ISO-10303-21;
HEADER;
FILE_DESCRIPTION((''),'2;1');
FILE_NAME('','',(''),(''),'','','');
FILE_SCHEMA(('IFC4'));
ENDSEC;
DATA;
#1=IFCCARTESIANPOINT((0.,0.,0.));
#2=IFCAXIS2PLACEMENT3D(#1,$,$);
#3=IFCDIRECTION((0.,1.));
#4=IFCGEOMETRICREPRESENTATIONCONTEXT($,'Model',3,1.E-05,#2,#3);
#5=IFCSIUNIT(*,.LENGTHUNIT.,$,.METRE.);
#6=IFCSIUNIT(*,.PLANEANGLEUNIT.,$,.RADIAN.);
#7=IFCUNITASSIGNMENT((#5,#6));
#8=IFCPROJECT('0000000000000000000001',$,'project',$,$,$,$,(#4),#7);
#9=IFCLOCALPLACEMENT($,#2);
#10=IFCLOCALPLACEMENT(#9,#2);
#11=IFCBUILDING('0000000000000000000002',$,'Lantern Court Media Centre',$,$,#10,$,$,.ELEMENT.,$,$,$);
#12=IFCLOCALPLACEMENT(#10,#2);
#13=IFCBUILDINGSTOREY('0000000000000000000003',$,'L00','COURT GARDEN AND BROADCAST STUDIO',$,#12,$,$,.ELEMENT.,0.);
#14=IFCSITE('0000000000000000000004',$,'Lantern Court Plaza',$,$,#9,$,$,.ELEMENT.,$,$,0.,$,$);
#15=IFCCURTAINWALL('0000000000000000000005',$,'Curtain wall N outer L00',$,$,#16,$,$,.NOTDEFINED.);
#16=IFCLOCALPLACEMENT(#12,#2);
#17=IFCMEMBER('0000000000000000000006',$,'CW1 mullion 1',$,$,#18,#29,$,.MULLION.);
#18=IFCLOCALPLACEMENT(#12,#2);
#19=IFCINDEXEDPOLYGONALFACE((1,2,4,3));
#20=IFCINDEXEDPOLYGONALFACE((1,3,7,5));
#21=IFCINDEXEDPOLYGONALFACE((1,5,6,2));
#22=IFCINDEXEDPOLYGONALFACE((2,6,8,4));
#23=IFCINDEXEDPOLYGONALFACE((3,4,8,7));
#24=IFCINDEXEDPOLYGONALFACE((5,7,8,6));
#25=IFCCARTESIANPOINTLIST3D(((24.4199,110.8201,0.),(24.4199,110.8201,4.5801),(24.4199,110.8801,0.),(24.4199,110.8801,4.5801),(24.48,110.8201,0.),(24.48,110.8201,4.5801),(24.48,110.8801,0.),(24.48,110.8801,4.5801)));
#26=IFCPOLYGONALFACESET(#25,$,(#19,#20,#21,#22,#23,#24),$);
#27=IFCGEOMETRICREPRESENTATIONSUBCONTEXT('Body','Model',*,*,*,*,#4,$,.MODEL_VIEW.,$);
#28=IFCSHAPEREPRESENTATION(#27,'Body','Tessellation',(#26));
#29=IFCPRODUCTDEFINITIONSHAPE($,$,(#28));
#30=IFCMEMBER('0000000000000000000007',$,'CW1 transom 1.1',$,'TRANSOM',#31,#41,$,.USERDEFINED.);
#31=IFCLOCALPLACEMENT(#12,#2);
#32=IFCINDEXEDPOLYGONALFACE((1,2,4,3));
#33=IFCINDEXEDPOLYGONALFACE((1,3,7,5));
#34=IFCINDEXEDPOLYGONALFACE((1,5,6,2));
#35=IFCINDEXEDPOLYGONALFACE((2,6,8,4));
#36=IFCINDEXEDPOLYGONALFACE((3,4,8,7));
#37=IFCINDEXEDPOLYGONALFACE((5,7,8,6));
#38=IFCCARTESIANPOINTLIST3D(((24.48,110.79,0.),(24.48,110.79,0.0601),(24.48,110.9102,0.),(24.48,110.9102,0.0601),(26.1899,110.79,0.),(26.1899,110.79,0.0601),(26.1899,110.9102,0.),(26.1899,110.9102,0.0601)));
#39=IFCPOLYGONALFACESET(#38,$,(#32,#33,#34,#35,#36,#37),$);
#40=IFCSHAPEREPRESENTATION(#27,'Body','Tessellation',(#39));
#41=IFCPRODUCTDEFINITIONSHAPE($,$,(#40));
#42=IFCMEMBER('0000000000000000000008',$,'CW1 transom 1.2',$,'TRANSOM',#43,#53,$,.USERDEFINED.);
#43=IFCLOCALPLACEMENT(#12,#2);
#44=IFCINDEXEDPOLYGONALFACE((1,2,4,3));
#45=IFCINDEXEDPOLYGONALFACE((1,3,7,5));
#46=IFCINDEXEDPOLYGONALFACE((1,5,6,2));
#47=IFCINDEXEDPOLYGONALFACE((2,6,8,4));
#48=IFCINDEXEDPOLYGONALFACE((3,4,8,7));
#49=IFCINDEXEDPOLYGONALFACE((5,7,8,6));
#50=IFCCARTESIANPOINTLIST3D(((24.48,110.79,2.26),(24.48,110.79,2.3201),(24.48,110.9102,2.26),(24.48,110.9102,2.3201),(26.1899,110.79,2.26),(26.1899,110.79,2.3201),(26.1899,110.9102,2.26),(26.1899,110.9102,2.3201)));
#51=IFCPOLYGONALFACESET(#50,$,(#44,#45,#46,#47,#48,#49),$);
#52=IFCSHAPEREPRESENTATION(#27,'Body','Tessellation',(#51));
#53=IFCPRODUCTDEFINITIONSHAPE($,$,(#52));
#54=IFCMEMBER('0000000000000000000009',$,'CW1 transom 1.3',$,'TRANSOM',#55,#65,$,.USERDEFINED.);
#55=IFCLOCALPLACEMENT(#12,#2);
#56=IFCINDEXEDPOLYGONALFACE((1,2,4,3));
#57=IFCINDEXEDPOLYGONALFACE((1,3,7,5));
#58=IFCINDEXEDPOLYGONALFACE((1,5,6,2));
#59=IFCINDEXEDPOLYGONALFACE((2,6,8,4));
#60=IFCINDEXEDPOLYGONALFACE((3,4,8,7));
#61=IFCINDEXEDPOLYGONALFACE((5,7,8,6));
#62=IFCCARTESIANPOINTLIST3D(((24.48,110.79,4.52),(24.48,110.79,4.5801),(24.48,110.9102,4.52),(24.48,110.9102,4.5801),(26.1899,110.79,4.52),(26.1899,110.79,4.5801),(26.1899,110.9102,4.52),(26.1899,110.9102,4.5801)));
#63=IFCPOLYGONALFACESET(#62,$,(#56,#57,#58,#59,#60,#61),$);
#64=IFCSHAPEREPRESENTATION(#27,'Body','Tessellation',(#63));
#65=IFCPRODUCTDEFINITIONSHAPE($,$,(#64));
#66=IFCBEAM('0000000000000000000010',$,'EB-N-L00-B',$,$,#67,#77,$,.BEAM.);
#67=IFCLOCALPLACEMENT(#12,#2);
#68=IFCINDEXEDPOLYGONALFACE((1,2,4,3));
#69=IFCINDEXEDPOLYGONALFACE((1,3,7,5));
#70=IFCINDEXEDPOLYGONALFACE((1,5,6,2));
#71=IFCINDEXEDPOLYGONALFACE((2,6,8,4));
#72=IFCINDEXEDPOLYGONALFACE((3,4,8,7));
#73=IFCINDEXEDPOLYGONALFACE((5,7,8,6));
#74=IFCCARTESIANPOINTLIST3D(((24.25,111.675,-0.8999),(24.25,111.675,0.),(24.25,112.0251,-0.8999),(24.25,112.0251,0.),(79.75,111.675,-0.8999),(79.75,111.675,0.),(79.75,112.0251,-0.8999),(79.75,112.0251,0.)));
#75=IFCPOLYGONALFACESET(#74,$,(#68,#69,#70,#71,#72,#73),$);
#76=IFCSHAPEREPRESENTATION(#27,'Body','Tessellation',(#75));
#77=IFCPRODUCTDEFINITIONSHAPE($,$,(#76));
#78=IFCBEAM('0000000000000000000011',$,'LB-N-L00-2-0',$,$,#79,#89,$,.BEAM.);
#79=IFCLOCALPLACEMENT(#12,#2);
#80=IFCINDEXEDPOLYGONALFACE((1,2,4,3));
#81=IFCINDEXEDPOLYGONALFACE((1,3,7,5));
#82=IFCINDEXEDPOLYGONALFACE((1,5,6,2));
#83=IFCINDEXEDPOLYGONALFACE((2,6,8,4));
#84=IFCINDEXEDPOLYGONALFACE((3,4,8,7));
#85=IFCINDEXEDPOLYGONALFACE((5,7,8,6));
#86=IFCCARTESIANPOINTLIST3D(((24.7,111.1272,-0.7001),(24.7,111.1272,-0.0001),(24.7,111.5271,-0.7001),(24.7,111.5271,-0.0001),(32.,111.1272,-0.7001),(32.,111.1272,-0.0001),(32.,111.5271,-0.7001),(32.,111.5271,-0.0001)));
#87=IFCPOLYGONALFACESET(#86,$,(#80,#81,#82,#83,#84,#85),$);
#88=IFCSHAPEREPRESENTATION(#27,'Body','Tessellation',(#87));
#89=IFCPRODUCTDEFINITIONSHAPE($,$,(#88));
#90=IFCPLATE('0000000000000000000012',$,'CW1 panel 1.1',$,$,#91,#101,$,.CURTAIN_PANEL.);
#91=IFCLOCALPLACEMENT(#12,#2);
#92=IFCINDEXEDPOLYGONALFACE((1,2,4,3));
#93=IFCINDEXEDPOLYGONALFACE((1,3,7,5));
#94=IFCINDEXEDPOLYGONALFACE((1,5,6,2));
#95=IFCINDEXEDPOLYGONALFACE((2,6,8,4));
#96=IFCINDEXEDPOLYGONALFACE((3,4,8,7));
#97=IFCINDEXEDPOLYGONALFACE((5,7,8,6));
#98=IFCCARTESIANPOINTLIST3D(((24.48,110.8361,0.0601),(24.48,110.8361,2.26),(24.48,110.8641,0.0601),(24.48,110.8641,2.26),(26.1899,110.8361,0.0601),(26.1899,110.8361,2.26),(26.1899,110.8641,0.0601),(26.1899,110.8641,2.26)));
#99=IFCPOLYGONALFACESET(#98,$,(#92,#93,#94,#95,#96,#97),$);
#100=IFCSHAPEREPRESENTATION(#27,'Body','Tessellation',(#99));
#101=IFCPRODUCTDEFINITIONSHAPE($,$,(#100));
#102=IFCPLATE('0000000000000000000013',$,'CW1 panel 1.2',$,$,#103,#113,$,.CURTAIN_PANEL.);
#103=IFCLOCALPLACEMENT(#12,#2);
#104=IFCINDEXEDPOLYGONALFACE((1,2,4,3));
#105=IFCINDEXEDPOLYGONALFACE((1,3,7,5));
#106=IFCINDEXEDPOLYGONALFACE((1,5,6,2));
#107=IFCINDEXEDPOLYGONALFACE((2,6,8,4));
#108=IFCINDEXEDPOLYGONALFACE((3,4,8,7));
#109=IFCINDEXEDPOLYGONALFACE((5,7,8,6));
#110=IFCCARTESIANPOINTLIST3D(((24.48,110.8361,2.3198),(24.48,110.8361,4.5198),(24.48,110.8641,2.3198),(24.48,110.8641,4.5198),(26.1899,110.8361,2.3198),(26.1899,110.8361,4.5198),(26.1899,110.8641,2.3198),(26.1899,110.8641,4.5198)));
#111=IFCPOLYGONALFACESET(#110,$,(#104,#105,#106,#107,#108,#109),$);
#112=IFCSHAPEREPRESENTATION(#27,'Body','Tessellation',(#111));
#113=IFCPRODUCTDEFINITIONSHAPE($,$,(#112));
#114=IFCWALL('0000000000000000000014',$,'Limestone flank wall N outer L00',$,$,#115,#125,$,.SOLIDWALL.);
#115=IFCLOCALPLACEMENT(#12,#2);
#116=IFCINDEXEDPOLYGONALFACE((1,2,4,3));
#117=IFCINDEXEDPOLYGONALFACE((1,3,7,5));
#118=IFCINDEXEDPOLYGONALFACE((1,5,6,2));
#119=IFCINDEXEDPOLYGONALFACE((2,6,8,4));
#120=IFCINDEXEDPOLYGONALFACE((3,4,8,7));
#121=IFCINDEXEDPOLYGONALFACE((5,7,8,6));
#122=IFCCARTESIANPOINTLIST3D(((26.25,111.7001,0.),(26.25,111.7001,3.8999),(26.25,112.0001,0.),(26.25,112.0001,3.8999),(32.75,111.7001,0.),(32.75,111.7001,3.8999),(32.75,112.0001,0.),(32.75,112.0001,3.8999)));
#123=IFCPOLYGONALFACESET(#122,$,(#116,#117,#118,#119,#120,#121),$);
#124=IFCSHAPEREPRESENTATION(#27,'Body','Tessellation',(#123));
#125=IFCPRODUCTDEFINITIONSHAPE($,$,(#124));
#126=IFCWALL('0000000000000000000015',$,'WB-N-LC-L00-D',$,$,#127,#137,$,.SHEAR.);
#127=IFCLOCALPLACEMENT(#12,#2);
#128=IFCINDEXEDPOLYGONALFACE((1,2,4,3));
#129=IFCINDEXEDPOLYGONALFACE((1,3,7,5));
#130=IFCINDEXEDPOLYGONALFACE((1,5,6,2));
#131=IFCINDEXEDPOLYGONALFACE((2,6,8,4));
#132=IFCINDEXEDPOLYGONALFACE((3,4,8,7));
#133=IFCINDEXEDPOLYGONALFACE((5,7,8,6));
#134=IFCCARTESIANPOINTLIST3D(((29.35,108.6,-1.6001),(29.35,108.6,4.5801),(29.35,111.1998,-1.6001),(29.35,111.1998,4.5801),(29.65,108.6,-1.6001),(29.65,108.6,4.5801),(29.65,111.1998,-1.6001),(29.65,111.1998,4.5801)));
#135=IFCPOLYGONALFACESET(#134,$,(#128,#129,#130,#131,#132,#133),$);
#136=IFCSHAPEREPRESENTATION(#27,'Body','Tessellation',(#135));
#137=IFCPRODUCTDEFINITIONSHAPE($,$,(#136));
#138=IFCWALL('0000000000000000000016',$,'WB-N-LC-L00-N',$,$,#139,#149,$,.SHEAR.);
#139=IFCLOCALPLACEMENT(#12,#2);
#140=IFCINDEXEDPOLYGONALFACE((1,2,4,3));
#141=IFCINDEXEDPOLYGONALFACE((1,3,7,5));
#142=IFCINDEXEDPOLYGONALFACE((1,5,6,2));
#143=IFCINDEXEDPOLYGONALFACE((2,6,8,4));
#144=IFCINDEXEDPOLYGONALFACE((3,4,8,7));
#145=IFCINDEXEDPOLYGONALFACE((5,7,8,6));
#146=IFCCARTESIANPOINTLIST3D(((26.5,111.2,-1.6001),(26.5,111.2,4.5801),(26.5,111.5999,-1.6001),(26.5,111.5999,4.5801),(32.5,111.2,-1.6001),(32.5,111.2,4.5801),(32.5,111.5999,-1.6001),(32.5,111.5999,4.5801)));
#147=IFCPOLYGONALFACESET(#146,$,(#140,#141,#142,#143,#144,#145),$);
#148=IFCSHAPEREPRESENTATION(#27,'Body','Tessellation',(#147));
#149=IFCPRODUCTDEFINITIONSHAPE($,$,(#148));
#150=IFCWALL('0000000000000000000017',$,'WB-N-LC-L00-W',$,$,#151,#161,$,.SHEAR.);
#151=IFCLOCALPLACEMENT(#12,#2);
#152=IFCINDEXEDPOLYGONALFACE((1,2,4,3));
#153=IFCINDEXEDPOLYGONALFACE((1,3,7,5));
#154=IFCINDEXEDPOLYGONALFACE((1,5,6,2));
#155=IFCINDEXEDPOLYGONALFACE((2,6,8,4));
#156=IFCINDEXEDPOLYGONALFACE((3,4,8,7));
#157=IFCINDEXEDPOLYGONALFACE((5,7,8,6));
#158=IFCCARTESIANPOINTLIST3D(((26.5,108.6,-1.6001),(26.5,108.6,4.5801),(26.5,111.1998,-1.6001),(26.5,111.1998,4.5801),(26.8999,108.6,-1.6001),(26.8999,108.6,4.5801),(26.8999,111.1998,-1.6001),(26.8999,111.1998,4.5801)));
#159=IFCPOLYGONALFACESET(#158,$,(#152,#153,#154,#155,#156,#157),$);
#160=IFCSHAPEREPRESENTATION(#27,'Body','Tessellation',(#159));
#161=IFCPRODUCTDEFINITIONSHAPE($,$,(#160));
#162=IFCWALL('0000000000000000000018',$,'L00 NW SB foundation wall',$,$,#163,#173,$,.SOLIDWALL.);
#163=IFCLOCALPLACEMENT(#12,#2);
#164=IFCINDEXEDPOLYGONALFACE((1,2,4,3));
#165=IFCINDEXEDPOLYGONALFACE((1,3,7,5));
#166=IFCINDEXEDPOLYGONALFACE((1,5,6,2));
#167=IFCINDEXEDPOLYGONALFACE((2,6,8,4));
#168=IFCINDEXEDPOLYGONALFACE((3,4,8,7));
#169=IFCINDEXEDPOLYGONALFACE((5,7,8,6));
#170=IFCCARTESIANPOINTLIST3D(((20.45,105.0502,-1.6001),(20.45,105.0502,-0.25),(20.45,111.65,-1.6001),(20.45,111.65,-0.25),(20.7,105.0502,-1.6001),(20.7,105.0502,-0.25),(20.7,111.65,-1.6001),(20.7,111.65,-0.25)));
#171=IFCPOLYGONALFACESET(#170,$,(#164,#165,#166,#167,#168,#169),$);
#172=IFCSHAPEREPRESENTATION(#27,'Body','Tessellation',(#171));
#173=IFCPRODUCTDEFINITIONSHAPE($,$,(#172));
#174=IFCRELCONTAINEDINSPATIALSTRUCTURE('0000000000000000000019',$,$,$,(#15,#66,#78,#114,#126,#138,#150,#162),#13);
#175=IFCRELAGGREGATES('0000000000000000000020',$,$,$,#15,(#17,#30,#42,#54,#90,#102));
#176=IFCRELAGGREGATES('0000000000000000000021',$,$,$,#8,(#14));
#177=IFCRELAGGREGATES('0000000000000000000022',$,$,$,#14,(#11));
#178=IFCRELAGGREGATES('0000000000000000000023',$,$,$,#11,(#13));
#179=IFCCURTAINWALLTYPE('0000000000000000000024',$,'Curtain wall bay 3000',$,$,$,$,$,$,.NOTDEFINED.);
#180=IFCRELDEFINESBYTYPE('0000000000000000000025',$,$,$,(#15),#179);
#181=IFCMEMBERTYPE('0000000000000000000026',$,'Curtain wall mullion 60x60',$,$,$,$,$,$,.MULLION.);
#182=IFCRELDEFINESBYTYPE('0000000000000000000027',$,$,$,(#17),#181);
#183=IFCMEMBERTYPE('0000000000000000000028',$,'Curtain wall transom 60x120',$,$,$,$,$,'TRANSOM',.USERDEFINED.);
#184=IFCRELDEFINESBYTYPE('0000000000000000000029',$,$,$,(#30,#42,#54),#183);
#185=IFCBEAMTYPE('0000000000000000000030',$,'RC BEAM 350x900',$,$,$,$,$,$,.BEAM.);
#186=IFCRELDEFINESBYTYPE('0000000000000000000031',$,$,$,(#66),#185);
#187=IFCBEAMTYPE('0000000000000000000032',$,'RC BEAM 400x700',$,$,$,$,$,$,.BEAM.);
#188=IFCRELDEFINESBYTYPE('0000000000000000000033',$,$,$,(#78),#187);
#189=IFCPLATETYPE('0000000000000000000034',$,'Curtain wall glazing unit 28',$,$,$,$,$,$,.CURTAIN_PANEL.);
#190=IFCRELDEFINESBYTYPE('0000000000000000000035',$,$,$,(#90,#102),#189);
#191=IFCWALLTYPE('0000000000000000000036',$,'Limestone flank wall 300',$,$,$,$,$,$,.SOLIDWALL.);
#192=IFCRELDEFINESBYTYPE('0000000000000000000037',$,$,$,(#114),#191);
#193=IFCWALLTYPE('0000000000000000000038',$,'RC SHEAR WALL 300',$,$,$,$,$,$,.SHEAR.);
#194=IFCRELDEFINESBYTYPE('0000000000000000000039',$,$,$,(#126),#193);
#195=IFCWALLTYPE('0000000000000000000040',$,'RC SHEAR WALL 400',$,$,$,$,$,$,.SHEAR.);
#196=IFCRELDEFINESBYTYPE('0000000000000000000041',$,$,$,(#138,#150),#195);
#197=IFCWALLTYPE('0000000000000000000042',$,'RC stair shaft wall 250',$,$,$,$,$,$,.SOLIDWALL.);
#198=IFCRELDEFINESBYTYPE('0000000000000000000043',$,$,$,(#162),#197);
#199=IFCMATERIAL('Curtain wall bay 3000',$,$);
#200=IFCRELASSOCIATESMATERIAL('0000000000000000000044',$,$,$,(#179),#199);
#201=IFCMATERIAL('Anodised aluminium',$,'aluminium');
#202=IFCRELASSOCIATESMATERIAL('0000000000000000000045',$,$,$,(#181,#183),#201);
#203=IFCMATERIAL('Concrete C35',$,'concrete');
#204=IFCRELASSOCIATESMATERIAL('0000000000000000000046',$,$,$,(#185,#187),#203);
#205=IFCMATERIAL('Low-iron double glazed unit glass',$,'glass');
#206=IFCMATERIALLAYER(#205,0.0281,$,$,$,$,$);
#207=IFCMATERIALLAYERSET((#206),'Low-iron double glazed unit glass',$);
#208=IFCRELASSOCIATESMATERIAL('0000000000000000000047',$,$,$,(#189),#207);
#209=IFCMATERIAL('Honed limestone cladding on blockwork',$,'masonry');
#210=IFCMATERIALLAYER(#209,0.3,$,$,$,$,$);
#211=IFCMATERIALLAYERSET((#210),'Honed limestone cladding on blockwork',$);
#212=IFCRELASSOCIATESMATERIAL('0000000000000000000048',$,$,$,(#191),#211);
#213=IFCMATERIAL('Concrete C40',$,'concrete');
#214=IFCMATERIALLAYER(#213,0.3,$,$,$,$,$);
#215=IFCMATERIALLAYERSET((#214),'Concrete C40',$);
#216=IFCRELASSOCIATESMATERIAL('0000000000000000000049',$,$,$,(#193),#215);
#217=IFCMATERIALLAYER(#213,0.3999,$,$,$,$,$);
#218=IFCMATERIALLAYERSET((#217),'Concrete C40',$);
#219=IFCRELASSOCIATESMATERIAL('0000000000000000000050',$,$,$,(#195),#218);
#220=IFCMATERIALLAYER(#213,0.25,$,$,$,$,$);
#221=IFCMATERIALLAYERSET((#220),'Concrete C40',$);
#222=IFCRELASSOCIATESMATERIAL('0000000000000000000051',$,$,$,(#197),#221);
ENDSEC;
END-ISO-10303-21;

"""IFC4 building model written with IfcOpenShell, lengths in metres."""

from ifc_helpers import new_model, si_unit, direction, frame, frame_2d, origin, origin_2d, place, context, subcontext, project, spatial, rectangle, extrude, material, layer, layer_set, material_profile, profile_set, type_object, element, aggregate, save


model = new_model("IFC4")

# Units and contexts
model_context = context("Model", 3, precision=1e-05, world=origin(), true_north=direction((0.0, 1.0)))
body_context = subcontext(model_context, "Body", "Model", "MODEL_VIEW")
ifc_project = project(units=[si_unit("LENGTHUNIT", "METRE"), si_unit("PLANEANGLEUNIT", "RADIAN")], contexts=[model_context])

# Site, building, storey
site_placement = place(None, origin())
site = spatial("IfcSite", under=ifc_project, at=site_placement, Name="Lantern Court Plaza", CompositionType="ELEMENT", RefElevation=0.0)
building_placement = place(site_placement, origin())
building = spatial("IfcBuilding", under=site, at=building_placement, Name="Lantern Court Media Centre", CompositionType="ELEMENT")
storey_placement = place(building_placement, origin())
storey = spatial("IfcBuildingStorey", under=building, at=storey_placement, Name="L00", Description="COURT GARDEN AND BROADCAST STUDIO", CompositionType="ELEMENT", Elevation=0.0)

# Shared definitions
ifc_material_1 = material(Name="Concrete C35", Category="concrete")

# Curtain wall, members
ifc_material_2 = material(Name="Curtain wall bay 3000")
curtain_wall_type = type_object("IfcCurtainWallType", Name="Curtain wall bay 3000", PredefinedType="NOTDEFINED", material=ifc_material_2)
curtain_wall_placement = place(storey_placement, origin())
curtain_wall = element("IfcCurtainWall", 1, at=curtain_wall_placement, inside=storey, type_object=curtain_wall_type, Name="Curtain wall N outer L00", PredefinedType="NOTDEFINED")
ifc_material_3 = material(Name="Anodised aluminium", Category="aluminium")
ifc_material_profile_1 = material_profile(ifc_material_3, rectangle(XDim=0.0601, YDim=0.0601, at=origin_2d()), Name="AL 60x60")
ifc_profile_set_1 = profile_set([ifc_material_profile_1], Name="Anodised aluminium")
member_type_1 = type_object("IfcMemberType", Name="Curtain wall mullion 60x60", PredefinedType="MULLION", material=ifc_profile_set_1)
member_1_placement = place(storey_placement, frame((24.45, 110.8501, 0.0), z_axis=(0.0, 0.0, 1.0), x_axis=(0.0, 1.0, 0.0)))
member_1 = element("IfcMember", 2, at=member_1_placement, type_object=member_type_1, Name="CW1 mullion 1", PredefinedType="MULLION", context=body_context, shape_type="SweptSolid", body=[
    extrude(rectangle(XDim=0.0601, YDim=0.0601, at=origin_2d()), origin(), (0.0, 0.0, 1.0), 4.5801),
])
ifc_material_profile_2 = material_profile(ifc_material_3, rectangle(XDim=0.1201, YDim=0.0601, at=origin_2d()), Name="AL 60x120")
ifc_profile_set_2 = profile_set([ifc_material_profile_2], Name="Anodised aluminium")
member_type_2 = type_object("IfcMemberType", Name="Curtain wall transom 60x120", ElementType="TRANSOM", PredefinedType="USERDEFINED", material=ifc_profile_set_2)
member_2_placement = place(storey_placement, frame((24.48, 110.8501, 0.03), z_axis=(1.0, 0.0, 0.0), x_axis=(0.0, 1.0, 0.0)))
member_2 = element("IfcMember", 3, at=member_2_placement, type_object=member_type_2, Name="CW1 transom 1.1", ObjectType="TRANSOM", PredefinedType="USERDEFINED", context=body_context, shape_type="SweptSolid", body=[
    extrude(rectangle(XDim=0.1201, YDim=0.0601, at=origin_2d()), origin(), (0.0, 0.0, 1.0), 1.71),
])
member_3_placement = place(storey_placement, frame((24.48, 110.8501, 2.29), z_axis=(1.0, 0.0, 0.0), x_axis=(0.0, 1.0, 0.0)))
member_3 = element("IfcMember", 4, at=member_3_placement, type_object=member_type_2, Name="CW1 transom 1.2", ObjectType="TRANSOM", PredefinedType="USERDEFINED", context=body_context, shape_type="SweptSolid", body=[
    extrude(rectangle(XDim=0.1201, YDim=0.0601, at=origin_2d()), origin(), (0.0, 0.0, 1.0), 1.71),
])
member_4_placement = place(storey_placement, frame((24.48, 110.8501, 4.55), z_axis=(1.0, 0.0, 0.0), x_axis=(0.0, 1.0, 0.0)))
member_4 = element("IfcMember", 5, at=member_4_placement, type_object=member_type_2, Name="CW1 transom 1.3", ObjectType="TRANSOM", PredefinedType="USERDEFINED", context=body_context, shape_type="SweptSolid", body=[
    extrude(rectangle(XDim=0.1201, YDim=0.0601, at=origin_2d()), origin(), (0.0, 0.0, 1.0), 1.71),
])

# Beams
ifc_material_profile_3 = material_profile(ifc_material_1, rectangle(XDim=0.3501, YDim=0.8999, at=origin_2d()), Name="RC 350x900")
ifc_profile_set_3 = profile_set([ifc_material_profile_3], Name="Concrete C35")
beam_type_1 = type_object("IfcBeamType", Name="RC BEAM 350x900", PredefinedType="BEAM", material=ifc_profile_set_3)
beam_1_placement = place(storey_placement, frame((24.25, 111.8501, -0.45), z_axis=(1.0, 0.0, 0.0), x_axis=(0.0, 1.0, 0.0)))
element("IfcBeam", 6, at=beam_1_placement, inside=storey, type_object=beam_type_1, Name="EB-N-L00-B", PredefinedType="BEAM", context=body_context, shape_type="SweptSolid", body=[
    extrude(rectangle(XDim=0.3501, YDim=0.8999, at=origin_2d()), origin(), (0.0, 0.0, 1.0), 55.5),
])
ifc_material_profile_4 = material_profile(ifc_material_1, rectangle(XDim=0.3999, YDim=0.7, at=origin_2d()), Name="RC 400x700")
ifc_profile_set_4 = profile_set([ifc_material_profile_4], Name="Concrete C35")
beam_type_2 = type_object("IfcBeamType", Name="RC BEAM 400x700", PredefinedType="BEAM", material=ifc_profile_set_4)
beam_2_placement = place(storey_placement, frame((24.7, 111.3271, -0.3501), z_axis=(1.0, 0.0, 0.0), x_axis=(0.0, 1.0, 0.0)))
element("IfcBeam", 7, at=beam_2_placement, inside=storey, type_object=beam_type_2, Name="LB-N-L00-2-0", PredefinedType="BEAM", context=body_context, shape_type="SweptSolid", body=[
    extrude(rectangle(XDim=0.3999, YDim=0.7, at=origin_2d()), origin(), (0.0, 0.0, 1.0), 7.3),
])

# Plates
ifc_material_4 = material(Name="Low-iron double glazed unit glass", Category="glass")
ifc_layer_1 = layer(ifc_material_4, 0.0281)
ifc_layer_set_1 = layer_set([ifc_layer_1], Name="Low-iron double glazed unit glass")
plate_type = type_object("IfcPlateType", Name="Curtain wall glazing unit 28", PredefinedType="CURTAIN_PANEL", material=ifc_layer_set_1)
plate_1_placement = place(storey_placement, frame((25.335, 110.8501, 0.0601), z_axis=(0.0, 0.0, 1.0), x_axis=(1.0, 0.0, 0.0)))
plate_1 = element("IfcPlate", 8, at=plate_1_placement, type_object=plate_type, Name="CW1 panel 1.1", PredefinedType="CURTAIN_PANEL", context=body_context, shape_type="SweptSolid", body=[
    extrude(rectangle(XDim=1.71, YDim=0.0281, at=origin_2d()), origin(), (0.0, 0.0, 1.0), 2.2),
])
plate_2_placement = place(storey_placement, frame((25.335, 110.8501, 2.3198), z_axis=(0.0, 0.0, 1.0), x_axis=(1.0, 0.0, 0.0)))
plate_2 = element("IfcPlate", 9, at=plate_2_placement, type_object=plate_type, Name="CW1 panel 1.2", PredefinedType="CURTAIN_PANEL", context=body_context, shape_type="SweptSolid", body=[
    extrude(rectangle(XDim=1.71, YDim=0.0281, at=origin_2d()), origin(), (0.0, 0.0, 1.0), 2.2),
])
aggregate(curtain_wall, [member_1, member_2, member_3, member_4, plate_1, plate_2])

# Walls
ifc_material_5 = material(Name="Honed limestone cladding on blockwork", Category="masonry")
ifc_layer_2 = layer(ifc_material_5, 0.3)
ifc_layer_set_2 = layer_set([ifc_layer_2], Name="Honed limestone cladding on blockwork")
wall_type_1 = type_object("IfcWallType", Name="Limestone flank wall 300", PredefinedType="SOLIDWALL", material=ifc_layer_set_2)
wall_1_placement = place(storey_placement, frame((26.25, 111.8501, 0.0), z_axis=(0.0, 0.0, 1.0), x_axis=(1.0, 0.0, 0.0)))
element("IfcWall", 10, at=wall_1_placement, inside=storey, type_object=wall_type_1, Name="Limestone flank wall N outer L00", PredefinedType="SOLIDWALL", context=body_context, shape_type="SweptSolid", body=[
    extrude(rectangle(XDim=6.5, YDim=0.3, at=frame_2d((3.25, 0.0))), origin(), (0.0, 0.0, 1.0), 3.8999),
])
ifc_material_6 = material(Name="Concrete C40", Category="concrete")
ifc_layer_3 = layer(ifc_material_6, 0.3)
ifc_layer_set_3 = layer_set([ifc_layer_3], Name="Concrete C40")
wall_type_2 = type_object("IfcWallType", Name="RC SHEAR WALL 300", PredefinedType="SHEAR", material=ifc_layer_set_3)
wall_2_placement = place(storey_placement, frame((29.5, 108.6001, -1.6001), z_axis=(0.0, 0.0, 1.0), x_axis=(0.0, 1.0, 0.0)))
element("IfcWall", 11, at=wall_2_placement, inside=storey, type_object=wall_type_2, Name="WB-N-LC-L00-D", PredefinedType="SHEAR", context=body_context, shape_type="SweptSolid", body=[
    extrude(rectangle(XDim=2.5999, YDim=0.3, at=frame_2d((1.2998, 0.0))), origin(), (0.0, 0.0, 1.0), 6.1802),
])
ifc_layer_4 = layer(ifc_material_6, 0.3999)
ifc_layer_set_4 = layer_set([ifc_layer_4], Name="Concrete C40")
wall_type_3 = type_object("IfcWallType", Name="RC SHEAR WALL 400", PredefinedType="SHEAR", material=ifc_layer_set_4)
wall_3_placement = place(storey_placement, frame((26.5, 111.3999, -1.6001), z_axis=(0.0, 0.0, 1.0), x_axis=(1.0, 0.0, 0.0)))
element("IfcWall", 12, at=wall_3_placement, inside=storey, type_object=wall_type_3, Name="WB-N-LC-L00-N", PredefinedType="SHEAR", context=body_context, shape_type="SweptSolid", body=[
    extrude(rectangle(XDim=6.0, YDim=0.3999, at=frame_2d((3.0, 0.0))), origin(), (0.0, 0.0, 1.0), 6.1802),
])
wall_4_placement = place(storey_placement, frame((26.7, 108.6001, -1.6001), z_axis=(0.0, 0.0, 1.0), x_axis=(0.0, 1.0, 0.0)))
element("IfcWall", 13, at=wall_4_placement, inside=storey, type_object=wall_type_3, Name="WB-N-LC-L00-W", PredefinedType="SHEAR", context=body_context, shape_type="SweptSolid", body=[
    extrude(rectangle(XDim=2.5999, YDim=0.3999, at=frame_2d((1.2998, 0.0))), origin(), (0.0, 0.0, 1.0), 6.1802),
])
ifc_layer_5 = layer(ifc_material_6, 0.25)
ifc_layer_set_5 = layer_set([ifc_layer_5], Name="Concrete C40")
wall_type_4 = type_object("IfcWallType", Name="RC stair shaft wall 250", PredefinedType="SOLIDWALL", material=ifc_layer_set_5)
wall_5_placement = place(storey_placement, frame((20.575, 111.6499, -1.6001), z_axis=(0.0, 0.0, 1.0), x_axis=(0.0, -1.0, 0.0)))
element("IfcWall", 14, at=wall_5_placement, inside=storey, type_object=wall_type_4, Name="L00 NW SB foundation wall", PredefinedType="SOLIDWALL", context=body_context, shape_type="SweptSolid", body=[
    extrude(rectangle(XDim=6.5999, YDim=0.25, at=frame_2d((3.2998, 0.0))), origin(), (0.0, 0.0, 1.0), 1.3501),
])

save(model, "model.ifc")
